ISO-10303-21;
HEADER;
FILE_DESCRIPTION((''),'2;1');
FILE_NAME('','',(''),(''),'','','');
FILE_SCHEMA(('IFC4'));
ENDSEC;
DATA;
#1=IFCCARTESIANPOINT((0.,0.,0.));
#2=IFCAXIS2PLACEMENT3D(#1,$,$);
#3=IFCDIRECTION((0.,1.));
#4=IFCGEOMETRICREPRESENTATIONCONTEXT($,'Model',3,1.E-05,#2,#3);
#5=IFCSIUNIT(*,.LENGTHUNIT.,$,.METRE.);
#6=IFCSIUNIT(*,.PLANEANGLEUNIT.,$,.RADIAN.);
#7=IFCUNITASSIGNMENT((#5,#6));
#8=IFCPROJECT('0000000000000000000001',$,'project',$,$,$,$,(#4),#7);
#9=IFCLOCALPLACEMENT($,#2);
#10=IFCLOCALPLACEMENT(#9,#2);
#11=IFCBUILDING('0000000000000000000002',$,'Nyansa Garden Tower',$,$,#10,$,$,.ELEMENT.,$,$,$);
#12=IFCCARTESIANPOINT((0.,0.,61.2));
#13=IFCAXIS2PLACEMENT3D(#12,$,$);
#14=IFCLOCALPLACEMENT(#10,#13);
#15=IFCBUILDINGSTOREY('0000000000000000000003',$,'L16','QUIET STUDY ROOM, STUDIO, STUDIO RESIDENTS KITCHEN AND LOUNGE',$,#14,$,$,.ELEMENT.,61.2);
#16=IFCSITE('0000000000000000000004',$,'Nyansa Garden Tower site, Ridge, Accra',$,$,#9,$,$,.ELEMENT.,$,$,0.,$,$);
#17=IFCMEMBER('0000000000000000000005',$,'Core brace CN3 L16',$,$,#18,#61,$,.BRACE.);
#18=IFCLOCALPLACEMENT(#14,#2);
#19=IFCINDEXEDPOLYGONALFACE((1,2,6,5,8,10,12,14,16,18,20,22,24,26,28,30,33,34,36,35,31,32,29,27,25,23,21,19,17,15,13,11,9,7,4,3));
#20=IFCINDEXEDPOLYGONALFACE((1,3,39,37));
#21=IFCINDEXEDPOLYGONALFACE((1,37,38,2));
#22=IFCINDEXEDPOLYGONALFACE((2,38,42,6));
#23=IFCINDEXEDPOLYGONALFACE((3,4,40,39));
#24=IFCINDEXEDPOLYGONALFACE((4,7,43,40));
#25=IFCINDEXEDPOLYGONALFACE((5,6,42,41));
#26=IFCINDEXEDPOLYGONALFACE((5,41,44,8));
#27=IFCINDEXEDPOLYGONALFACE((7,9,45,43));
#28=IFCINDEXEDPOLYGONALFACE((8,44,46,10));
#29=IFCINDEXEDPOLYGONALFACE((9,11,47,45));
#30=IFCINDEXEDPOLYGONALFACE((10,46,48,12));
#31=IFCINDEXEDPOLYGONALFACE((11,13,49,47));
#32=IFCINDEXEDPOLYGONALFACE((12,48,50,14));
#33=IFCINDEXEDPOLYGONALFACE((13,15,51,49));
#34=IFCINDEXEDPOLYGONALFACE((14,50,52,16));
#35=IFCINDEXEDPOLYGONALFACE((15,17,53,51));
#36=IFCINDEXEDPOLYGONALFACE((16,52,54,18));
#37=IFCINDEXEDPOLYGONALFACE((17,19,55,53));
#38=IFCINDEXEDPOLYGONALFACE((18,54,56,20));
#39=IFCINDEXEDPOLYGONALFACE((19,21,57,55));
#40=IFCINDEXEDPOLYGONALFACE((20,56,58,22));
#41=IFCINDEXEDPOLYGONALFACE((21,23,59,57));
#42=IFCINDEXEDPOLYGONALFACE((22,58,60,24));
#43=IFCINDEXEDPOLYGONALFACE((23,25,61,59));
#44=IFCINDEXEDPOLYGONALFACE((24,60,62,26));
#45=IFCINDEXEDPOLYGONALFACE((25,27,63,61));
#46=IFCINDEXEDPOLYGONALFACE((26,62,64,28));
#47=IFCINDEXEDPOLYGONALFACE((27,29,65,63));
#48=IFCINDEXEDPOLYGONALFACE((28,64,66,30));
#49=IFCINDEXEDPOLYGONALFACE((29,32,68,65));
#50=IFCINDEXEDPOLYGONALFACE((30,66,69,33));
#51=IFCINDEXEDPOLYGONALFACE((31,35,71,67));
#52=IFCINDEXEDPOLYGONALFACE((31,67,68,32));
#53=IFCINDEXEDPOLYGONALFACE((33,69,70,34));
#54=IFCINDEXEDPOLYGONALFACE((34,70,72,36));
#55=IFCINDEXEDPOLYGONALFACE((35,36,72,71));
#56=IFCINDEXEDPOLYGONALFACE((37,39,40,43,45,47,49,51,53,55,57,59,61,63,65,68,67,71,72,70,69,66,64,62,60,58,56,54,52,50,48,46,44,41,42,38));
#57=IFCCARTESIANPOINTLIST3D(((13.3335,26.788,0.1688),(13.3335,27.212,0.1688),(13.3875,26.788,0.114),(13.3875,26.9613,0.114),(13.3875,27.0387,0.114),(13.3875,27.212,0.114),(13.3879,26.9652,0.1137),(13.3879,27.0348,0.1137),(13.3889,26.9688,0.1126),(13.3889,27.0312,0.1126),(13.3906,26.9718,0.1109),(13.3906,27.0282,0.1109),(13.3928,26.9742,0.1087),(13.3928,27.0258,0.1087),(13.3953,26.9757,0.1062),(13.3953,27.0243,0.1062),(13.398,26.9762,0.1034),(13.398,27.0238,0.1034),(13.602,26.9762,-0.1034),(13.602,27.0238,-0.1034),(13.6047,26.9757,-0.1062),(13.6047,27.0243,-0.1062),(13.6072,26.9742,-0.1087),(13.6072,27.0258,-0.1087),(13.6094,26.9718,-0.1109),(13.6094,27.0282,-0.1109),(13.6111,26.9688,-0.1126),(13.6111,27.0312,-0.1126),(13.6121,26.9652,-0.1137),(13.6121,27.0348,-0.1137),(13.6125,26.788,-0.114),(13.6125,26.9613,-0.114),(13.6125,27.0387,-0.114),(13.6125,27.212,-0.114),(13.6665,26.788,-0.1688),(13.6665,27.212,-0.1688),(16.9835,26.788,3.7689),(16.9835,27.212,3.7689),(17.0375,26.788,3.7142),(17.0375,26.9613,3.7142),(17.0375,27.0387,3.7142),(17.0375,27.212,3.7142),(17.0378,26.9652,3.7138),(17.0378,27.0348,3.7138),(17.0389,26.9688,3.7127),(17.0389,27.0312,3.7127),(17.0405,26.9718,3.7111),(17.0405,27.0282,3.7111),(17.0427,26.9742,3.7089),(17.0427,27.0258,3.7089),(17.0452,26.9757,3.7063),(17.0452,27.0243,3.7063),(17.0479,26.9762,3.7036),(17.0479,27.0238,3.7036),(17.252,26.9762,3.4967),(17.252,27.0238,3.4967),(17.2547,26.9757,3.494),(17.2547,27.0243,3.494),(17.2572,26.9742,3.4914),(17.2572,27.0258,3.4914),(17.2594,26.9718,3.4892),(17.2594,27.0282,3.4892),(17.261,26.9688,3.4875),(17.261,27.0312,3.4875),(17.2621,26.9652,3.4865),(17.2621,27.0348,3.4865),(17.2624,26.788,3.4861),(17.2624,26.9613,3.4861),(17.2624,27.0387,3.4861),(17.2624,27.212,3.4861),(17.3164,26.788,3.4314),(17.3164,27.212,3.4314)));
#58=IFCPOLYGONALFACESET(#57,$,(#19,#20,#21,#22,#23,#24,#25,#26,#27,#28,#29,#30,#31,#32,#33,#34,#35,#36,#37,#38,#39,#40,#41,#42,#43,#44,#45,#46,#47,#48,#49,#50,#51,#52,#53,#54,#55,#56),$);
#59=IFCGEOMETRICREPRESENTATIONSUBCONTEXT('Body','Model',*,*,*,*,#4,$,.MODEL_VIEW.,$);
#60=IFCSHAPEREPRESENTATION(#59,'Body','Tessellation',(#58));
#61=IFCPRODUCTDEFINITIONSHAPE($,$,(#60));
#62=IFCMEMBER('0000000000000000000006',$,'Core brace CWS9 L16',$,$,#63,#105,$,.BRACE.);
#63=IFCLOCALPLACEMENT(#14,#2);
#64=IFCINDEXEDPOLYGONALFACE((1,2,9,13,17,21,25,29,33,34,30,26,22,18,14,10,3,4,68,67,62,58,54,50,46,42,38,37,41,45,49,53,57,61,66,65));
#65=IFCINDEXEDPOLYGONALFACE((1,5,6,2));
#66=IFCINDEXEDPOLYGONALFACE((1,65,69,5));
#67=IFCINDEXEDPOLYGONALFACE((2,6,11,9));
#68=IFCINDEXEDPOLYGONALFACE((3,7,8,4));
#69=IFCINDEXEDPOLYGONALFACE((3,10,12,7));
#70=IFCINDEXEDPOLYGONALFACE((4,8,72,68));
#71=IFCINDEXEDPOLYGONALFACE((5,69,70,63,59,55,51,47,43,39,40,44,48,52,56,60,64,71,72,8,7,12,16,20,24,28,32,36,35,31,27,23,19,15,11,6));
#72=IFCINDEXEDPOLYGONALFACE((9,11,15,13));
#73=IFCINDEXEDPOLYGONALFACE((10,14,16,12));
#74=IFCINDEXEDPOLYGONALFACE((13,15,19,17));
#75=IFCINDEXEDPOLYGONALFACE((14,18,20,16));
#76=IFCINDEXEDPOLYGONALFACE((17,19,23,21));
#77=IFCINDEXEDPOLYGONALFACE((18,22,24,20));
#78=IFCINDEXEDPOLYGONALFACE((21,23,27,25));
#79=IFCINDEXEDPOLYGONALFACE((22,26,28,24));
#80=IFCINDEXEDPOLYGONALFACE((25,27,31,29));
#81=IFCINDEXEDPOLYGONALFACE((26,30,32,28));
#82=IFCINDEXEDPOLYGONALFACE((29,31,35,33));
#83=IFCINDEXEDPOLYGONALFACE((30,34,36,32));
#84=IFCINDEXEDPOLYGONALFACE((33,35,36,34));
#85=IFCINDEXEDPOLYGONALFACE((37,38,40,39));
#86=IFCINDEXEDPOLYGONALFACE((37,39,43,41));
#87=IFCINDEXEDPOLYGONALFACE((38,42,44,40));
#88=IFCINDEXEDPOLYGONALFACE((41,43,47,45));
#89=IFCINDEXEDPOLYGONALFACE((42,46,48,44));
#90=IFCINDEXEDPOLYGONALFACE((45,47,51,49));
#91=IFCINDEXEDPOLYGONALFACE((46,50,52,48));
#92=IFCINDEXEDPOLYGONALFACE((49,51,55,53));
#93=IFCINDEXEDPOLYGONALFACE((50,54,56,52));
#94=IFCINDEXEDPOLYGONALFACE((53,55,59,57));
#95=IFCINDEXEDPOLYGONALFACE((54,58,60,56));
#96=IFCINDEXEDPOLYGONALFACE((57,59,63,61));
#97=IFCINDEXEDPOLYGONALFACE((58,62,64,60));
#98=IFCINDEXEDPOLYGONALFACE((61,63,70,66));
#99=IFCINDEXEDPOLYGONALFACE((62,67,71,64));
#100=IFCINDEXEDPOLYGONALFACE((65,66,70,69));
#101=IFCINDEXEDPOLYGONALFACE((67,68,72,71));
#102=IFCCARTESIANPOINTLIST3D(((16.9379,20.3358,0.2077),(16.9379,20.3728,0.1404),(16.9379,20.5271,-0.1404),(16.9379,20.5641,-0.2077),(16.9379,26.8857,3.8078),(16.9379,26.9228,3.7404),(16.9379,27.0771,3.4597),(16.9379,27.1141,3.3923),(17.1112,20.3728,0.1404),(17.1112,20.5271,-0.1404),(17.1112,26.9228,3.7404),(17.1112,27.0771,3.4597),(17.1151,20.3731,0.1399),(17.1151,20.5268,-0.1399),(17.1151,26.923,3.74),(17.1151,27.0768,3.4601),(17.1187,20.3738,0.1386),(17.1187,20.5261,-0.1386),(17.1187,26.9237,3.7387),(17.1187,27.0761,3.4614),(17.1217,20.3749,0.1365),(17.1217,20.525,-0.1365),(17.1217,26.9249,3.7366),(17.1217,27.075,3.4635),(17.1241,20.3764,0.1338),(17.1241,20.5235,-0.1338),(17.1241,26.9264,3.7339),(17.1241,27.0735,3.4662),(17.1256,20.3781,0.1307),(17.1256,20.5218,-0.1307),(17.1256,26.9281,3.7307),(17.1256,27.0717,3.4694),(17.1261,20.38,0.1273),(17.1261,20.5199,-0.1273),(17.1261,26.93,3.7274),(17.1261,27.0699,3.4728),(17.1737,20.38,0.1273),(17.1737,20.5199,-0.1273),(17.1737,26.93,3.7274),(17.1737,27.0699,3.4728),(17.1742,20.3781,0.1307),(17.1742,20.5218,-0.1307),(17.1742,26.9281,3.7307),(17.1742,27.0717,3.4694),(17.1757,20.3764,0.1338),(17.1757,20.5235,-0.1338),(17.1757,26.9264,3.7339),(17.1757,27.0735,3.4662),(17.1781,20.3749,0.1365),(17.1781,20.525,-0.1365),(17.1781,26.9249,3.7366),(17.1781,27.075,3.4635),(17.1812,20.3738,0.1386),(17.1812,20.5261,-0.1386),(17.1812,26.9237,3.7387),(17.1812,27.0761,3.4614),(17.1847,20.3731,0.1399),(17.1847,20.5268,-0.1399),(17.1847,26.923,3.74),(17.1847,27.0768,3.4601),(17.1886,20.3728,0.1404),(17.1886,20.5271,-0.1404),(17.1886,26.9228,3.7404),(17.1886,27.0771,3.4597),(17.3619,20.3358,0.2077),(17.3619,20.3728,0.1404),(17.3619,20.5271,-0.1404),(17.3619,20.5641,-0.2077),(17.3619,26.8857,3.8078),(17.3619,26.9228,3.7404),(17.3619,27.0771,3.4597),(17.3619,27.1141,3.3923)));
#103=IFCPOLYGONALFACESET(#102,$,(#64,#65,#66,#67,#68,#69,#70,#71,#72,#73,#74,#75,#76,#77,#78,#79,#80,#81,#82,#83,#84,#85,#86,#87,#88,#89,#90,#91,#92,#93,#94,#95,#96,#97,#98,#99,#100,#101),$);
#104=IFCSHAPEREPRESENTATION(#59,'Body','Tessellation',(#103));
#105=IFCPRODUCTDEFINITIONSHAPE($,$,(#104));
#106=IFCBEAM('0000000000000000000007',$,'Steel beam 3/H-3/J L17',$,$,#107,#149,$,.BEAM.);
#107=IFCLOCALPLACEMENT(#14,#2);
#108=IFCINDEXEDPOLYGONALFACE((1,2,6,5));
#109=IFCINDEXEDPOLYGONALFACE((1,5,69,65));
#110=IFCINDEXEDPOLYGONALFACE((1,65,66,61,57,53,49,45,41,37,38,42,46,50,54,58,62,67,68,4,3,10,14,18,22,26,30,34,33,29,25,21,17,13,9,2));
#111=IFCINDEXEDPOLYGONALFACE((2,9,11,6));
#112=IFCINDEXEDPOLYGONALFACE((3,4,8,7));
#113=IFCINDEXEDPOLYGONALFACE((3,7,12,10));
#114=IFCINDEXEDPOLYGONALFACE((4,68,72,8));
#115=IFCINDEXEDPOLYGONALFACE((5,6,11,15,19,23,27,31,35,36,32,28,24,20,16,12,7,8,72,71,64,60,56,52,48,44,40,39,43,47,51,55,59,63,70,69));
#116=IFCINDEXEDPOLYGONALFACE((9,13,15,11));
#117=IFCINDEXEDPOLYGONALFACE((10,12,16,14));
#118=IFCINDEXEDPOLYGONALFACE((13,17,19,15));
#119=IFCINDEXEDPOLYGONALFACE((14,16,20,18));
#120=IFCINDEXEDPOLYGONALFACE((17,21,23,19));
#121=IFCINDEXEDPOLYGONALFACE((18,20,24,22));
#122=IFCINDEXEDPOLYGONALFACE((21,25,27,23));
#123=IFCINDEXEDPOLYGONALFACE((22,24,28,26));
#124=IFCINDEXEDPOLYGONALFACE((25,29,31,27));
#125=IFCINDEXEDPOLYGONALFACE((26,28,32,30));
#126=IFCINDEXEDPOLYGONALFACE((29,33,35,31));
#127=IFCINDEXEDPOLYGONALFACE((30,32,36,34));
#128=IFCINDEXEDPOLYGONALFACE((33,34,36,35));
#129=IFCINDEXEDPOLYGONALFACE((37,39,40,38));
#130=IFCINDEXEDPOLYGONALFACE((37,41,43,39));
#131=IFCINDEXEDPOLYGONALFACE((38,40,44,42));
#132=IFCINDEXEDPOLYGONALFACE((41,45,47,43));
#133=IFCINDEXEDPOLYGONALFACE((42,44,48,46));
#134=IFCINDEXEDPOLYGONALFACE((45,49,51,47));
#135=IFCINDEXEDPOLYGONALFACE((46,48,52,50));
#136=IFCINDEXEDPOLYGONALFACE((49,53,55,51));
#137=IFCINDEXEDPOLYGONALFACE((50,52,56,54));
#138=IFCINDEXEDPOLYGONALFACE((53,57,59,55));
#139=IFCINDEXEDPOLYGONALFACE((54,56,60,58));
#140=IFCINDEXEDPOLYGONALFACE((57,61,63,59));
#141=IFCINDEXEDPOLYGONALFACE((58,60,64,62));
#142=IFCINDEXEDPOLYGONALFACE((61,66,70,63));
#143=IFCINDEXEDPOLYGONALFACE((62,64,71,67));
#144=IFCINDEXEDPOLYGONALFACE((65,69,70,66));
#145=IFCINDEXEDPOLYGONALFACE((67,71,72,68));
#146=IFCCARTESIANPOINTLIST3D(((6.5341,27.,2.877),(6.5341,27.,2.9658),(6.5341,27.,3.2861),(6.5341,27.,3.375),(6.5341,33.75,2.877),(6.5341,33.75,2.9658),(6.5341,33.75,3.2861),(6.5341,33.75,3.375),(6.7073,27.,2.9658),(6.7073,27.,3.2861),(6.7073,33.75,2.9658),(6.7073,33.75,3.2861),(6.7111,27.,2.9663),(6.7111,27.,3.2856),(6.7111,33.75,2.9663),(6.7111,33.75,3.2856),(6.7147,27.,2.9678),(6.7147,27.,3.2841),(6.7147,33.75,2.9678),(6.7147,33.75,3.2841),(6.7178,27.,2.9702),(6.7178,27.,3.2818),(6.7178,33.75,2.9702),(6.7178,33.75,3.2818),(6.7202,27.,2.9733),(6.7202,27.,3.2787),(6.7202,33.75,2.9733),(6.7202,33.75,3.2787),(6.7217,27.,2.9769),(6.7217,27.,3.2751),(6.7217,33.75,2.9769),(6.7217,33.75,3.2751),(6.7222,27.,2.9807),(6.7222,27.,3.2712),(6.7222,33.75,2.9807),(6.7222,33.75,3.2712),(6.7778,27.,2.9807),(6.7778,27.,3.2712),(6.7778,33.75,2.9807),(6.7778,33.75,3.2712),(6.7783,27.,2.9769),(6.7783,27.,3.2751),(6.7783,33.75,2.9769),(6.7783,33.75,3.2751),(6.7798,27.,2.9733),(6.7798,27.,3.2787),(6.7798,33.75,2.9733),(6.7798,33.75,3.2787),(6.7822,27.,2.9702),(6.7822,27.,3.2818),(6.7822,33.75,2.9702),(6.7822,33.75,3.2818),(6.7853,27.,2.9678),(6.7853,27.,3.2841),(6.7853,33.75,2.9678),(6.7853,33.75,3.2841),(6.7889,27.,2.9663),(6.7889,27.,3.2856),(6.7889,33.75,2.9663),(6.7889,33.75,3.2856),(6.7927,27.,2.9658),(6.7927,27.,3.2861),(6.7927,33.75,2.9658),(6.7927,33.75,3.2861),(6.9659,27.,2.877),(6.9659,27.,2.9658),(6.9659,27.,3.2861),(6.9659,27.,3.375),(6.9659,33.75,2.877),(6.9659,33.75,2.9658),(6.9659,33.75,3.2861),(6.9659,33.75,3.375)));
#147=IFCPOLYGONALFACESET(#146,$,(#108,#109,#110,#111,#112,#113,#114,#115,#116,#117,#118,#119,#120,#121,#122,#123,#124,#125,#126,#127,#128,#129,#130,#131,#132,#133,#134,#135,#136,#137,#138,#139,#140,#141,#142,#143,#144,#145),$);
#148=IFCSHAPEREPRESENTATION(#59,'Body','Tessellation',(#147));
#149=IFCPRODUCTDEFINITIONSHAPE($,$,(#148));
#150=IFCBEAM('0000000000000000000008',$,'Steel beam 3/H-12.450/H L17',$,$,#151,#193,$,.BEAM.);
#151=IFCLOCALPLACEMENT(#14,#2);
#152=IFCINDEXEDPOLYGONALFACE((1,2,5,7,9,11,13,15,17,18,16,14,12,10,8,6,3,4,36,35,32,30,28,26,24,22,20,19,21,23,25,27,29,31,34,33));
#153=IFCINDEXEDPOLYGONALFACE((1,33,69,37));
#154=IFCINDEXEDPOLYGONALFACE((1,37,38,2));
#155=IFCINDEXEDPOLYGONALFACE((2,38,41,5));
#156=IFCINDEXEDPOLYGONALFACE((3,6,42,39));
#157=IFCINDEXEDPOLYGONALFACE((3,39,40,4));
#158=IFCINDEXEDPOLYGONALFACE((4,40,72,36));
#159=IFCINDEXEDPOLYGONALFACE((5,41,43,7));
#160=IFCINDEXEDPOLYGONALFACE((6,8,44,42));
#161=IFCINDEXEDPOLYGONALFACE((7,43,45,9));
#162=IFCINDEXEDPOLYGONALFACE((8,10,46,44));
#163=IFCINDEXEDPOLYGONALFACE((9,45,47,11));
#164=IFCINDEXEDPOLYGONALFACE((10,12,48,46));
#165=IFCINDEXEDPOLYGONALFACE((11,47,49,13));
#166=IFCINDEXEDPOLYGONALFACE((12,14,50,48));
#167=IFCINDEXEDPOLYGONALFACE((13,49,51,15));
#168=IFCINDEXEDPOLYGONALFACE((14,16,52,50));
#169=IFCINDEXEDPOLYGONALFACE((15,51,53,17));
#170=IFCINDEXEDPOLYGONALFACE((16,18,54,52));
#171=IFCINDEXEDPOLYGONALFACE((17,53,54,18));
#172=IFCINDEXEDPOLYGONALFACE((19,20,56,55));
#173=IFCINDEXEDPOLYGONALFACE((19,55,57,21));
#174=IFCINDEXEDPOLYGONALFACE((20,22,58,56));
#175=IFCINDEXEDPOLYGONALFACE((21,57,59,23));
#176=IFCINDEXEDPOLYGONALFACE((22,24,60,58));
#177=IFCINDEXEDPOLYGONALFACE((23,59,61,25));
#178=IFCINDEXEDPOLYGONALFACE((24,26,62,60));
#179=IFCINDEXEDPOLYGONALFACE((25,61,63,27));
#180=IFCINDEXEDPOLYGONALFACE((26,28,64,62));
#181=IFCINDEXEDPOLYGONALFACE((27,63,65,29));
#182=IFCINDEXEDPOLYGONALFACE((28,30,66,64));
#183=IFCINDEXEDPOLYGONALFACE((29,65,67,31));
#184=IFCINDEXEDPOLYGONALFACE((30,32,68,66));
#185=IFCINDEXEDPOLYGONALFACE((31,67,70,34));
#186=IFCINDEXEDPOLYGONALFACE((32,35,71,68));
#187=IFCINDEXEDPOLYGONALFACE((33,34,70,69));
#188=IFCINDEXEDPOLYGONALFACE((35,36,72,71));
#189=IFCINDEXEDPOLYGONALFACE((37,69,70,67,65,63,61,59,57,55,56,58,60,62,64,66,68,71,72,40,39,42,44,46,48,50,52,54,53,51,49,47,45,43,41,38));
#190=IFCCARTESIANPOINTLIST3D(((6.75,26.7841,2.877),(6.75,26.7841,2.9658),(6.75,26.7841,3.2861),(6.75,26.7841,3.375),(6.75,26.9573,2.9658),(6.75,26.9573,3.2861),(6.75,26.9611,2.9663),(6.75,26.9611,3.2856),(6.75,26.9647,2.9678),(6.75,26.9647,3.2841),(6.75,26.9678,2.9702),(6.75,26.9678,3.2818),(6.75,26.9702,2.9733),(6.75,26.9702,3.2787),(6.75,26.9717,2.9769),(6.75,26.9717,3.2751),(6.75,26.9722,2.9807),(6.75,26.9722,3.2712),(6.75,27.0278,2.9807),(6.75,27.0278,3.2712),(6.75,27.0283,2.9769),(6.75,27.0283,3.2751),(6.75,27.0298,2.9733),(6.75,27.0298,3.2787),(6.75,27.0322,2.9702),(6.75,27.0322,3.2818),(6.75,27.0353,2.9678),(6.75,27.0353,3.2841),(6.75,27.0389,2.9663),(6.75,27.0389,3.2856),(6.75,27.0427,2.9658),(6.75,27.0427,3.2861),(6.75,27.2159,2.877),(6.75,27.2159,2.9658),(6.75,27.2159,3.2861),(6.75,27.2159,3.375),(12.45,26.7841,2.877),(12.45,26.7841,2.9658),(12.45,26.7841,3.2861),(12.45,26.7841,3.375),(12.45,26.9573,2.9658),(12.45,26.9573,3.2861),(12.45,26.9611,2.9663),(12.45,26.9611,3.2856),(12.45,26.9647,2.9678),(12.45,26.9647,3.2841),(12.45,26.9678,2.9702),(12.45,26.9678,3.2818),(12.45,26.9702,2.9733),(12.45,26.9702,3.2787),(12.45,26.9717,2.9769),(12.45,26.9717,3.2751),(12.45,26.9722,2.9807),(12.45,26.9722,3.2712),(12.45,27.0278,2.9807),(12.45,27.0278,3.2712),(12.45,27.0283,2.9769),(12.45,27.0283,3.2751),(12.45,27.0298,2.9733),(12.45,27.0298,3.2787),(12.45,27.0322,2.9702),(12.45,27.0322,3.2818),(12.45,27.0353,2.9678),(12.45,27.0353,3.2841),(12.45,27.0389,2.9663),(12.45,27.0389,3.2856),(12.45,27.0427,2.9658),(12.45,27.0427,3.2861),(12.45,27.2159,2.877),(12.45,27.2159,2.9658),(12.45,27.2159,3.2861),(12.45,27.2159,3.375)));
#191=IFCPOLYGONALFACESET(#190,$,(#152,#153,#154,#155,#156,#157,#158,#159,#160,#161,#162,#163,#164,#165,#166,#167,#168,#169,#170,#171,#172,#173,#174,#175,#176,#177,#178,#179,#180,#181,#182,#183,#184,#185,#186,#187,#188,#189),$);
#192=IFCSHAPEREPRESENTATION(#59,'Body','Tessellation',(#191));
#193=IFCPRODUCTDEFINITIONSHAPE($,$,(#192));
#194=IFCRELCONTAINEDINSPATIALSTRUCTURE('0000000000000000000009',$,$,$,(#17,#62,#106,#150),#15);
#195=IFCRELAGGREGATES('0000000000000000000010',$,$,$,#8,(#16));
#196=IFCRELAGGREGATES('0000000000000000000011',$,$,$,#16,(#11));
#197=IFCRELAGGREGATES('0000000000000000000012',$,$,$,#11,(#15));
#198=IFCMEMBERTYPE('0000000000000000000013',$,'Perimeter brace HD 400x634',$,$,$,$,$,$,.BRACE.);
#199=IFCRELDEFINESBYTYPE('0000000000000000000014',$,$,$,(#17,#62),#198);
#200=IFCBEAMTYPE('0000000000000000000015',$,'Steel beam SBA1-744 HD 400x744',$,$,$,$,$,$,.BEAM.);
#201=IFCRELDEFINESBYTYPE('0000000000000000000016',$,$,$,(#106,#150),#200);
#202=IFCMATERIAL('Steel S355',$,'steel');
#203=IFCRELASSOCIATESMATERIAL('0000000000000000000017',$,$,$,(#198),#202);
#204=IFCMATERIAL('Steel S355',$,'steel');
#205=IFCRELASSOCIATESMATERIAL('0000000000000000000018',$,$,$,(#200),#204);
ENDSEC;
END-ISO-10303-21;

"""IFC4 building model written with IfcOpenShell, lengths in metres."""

from ifc_helpers import new_model, si_unit, direction, frame, origin, origin_2d, place, context, subcontext, project, spatial, i_section, extrude, material, material_profile, profile_set, type_object, element, save


model = new_model("IFC4")

# Units and contexts
model_context = context("Model", 3, precision=1e-05, world=origin(), true_north=direction((0.0, 1.0)))
body_context = subcontext(model_context, "Body", "Model", "MODEL_VIEW")
ifc_project = project(units=[si_unit("LENGTHUNIT", "METRE"), si_unit("PLANEANGLEUNIT", "RADIAN")], contexts=[model_context])

# Site, building, storey
site_placement = place(None, origin())
site = spatial("IfcSite", under=ifc_project, at=site_placement, Name="Nyansa Garden Tower site, Ridge, Accra", CompositionType="ELEMENT", RefElevation=0.0)
building_placement = place(site_placement, origin())
building = spatial("IfcBuilding", under=site, at=building_placement, Name="Nyansa Garden Tower", CompositionType="ELEMENT")
storey_placement = place(building_placement, frame((0.0, 0.0, 61.2)))
storey = spatial("IfcBuildingStorey", under=building, at=storey_placement, Name="L16", Description="QUIET STUDY ROOM, STUDIO, STUDIO RESIDENTS KITCHEN AND LOUNGE", CompositionType="ELEMENT", Elevation=61.2)

# Members
ifc_material_1 = material(Name="Steel S355", Category="steel")
ifc_material_profile_1 = material_profile(ifc_material_1, i_section(OverallWidth=0.4241, OverallDepth=0.4741, WebThickness=0.0476, FlangeThickness=0.0769, FilletRadius=0.0149, at=origin_2d()), Name="HD 400x634")
ifc_profile_set_1 = profile_set([ifc_material_profile_1], Name="Steel S355")
member_type = type_object("IfcMemberType", Name="Perimeter brace HD 400x634", PredefinedType="BRACE", material=ifc_profile_set_1)
member_1_placement = place(storey_placement, frame((13.5, 27.0, 0.0), z_axis=(0.711948, 0.0, 0.702233), x_axis=(0.0, 1.0, 0.0)))
element("IfcMember", 1, at=member_1_placement, inside=storey, type_object=member_type, Name="Core brace CN3 L16", PredefinedType="BRACE", context=body_context, shape_type="SweptSolid", body=[
    extrude(i_section(OverallWidth=0.4241, OverallDepth=0.4741, WebThickness=0.0476, FlangeThickness=0.0769, FilletRadius=0.0149, at=origin_2d()), origin(), (0.0, 0.0, 1.0), 5.1267),
])
member_2_placement = place(storey_placement, frame((17.1499, 20.45, 0.0), z_axis=(0.0, 0.876353, 0.481669), x_axis=(-1.0, 0.0, 0.0)))
element("IfcMember", 2, at=member_2_placement, inside=storey, type_object=member_type, Name="Core brace CWS9 L16", PredefinedType="BRACE", context=body_context, shape_type="SweptSolid", body=[
    extrude(i_section(OverallWidth=0.4241, OverallDepth=0.4741, WebThickness=0.0476, FlangeThickness=0.0769, FilletRadius=0.0149, at=origin_2d()), origin(), (0.0, 0.0, 1.0), 7.4741),
])

# Beams
ifc_material_2 = material(Name="Steel S355", Category="steel")
ifc_material_profile_2 = material_profile(ifc_material_2, i_section(OverallWidth=0.4319, OverallDepth=0.498, WebThickness=0.0557, FlangeThickness=0.0889, FilletRadius=0.0149, at=origin_2d()), Name="HD 400x744")
ifc_profile_set_2 = profile_set([ifc_material_profile_2], Name="Steel S355")
beam_type_1 = type_object("IfcBeamType", Name="Steel beam SBA1-744 HD 400x744", PredefinedType="BEAM", material=ifc_profile_set_2)
beam_1_placement = place(storey_placement, frame((6.75, 27.0, 3.126), z_axis=(0.0, 1.0, 0.0), x_axis=(-1.0, 0.0, 0.0)))
element("IfcBeam", 3, at=beam_1_placement, inside=storey, type_object=beam_type_1, Name="Steel beam 3/H-3/J L17", PredefinedType="BEAM", context=body_context, shape_type="SweptSolid", body=[
    extrude(i_section(OverallWidth=0.4319, OverallDepth=0.498, WebThickness=0.0557, FlangeThickness=0.0889, FilletRadius=0.0149, at=origin_2d()), origin(), (0.0, 0.0, 1.0), 6.75),
])
beam_2_placement = place(storey_placement, frame((6.75, 27.0, 3.126), z_axis=(1.0, 0.0, 0.0), x_axis=(0.0, 1.0, 0.0)))
element("IfcBeam", 4, at=beam_2_placement, inside=storey, type_object=beam_type_1, Name="Steel beam 3/H-12.450/H L17", PredefinedType="BEAM", context=body_context, shape_type="SweptSolid", body=[
    extrude(i_section(OverallWidth=0.4319, OverallDepth=0.498, WebThickness=0.0557, FlangeThickness=0.0889, FilletRadius=0.0149, at=origin_2d()), origin(), (0.0, 0.0, 1.0), 5.7),
])

save(model, "model.ifc")
